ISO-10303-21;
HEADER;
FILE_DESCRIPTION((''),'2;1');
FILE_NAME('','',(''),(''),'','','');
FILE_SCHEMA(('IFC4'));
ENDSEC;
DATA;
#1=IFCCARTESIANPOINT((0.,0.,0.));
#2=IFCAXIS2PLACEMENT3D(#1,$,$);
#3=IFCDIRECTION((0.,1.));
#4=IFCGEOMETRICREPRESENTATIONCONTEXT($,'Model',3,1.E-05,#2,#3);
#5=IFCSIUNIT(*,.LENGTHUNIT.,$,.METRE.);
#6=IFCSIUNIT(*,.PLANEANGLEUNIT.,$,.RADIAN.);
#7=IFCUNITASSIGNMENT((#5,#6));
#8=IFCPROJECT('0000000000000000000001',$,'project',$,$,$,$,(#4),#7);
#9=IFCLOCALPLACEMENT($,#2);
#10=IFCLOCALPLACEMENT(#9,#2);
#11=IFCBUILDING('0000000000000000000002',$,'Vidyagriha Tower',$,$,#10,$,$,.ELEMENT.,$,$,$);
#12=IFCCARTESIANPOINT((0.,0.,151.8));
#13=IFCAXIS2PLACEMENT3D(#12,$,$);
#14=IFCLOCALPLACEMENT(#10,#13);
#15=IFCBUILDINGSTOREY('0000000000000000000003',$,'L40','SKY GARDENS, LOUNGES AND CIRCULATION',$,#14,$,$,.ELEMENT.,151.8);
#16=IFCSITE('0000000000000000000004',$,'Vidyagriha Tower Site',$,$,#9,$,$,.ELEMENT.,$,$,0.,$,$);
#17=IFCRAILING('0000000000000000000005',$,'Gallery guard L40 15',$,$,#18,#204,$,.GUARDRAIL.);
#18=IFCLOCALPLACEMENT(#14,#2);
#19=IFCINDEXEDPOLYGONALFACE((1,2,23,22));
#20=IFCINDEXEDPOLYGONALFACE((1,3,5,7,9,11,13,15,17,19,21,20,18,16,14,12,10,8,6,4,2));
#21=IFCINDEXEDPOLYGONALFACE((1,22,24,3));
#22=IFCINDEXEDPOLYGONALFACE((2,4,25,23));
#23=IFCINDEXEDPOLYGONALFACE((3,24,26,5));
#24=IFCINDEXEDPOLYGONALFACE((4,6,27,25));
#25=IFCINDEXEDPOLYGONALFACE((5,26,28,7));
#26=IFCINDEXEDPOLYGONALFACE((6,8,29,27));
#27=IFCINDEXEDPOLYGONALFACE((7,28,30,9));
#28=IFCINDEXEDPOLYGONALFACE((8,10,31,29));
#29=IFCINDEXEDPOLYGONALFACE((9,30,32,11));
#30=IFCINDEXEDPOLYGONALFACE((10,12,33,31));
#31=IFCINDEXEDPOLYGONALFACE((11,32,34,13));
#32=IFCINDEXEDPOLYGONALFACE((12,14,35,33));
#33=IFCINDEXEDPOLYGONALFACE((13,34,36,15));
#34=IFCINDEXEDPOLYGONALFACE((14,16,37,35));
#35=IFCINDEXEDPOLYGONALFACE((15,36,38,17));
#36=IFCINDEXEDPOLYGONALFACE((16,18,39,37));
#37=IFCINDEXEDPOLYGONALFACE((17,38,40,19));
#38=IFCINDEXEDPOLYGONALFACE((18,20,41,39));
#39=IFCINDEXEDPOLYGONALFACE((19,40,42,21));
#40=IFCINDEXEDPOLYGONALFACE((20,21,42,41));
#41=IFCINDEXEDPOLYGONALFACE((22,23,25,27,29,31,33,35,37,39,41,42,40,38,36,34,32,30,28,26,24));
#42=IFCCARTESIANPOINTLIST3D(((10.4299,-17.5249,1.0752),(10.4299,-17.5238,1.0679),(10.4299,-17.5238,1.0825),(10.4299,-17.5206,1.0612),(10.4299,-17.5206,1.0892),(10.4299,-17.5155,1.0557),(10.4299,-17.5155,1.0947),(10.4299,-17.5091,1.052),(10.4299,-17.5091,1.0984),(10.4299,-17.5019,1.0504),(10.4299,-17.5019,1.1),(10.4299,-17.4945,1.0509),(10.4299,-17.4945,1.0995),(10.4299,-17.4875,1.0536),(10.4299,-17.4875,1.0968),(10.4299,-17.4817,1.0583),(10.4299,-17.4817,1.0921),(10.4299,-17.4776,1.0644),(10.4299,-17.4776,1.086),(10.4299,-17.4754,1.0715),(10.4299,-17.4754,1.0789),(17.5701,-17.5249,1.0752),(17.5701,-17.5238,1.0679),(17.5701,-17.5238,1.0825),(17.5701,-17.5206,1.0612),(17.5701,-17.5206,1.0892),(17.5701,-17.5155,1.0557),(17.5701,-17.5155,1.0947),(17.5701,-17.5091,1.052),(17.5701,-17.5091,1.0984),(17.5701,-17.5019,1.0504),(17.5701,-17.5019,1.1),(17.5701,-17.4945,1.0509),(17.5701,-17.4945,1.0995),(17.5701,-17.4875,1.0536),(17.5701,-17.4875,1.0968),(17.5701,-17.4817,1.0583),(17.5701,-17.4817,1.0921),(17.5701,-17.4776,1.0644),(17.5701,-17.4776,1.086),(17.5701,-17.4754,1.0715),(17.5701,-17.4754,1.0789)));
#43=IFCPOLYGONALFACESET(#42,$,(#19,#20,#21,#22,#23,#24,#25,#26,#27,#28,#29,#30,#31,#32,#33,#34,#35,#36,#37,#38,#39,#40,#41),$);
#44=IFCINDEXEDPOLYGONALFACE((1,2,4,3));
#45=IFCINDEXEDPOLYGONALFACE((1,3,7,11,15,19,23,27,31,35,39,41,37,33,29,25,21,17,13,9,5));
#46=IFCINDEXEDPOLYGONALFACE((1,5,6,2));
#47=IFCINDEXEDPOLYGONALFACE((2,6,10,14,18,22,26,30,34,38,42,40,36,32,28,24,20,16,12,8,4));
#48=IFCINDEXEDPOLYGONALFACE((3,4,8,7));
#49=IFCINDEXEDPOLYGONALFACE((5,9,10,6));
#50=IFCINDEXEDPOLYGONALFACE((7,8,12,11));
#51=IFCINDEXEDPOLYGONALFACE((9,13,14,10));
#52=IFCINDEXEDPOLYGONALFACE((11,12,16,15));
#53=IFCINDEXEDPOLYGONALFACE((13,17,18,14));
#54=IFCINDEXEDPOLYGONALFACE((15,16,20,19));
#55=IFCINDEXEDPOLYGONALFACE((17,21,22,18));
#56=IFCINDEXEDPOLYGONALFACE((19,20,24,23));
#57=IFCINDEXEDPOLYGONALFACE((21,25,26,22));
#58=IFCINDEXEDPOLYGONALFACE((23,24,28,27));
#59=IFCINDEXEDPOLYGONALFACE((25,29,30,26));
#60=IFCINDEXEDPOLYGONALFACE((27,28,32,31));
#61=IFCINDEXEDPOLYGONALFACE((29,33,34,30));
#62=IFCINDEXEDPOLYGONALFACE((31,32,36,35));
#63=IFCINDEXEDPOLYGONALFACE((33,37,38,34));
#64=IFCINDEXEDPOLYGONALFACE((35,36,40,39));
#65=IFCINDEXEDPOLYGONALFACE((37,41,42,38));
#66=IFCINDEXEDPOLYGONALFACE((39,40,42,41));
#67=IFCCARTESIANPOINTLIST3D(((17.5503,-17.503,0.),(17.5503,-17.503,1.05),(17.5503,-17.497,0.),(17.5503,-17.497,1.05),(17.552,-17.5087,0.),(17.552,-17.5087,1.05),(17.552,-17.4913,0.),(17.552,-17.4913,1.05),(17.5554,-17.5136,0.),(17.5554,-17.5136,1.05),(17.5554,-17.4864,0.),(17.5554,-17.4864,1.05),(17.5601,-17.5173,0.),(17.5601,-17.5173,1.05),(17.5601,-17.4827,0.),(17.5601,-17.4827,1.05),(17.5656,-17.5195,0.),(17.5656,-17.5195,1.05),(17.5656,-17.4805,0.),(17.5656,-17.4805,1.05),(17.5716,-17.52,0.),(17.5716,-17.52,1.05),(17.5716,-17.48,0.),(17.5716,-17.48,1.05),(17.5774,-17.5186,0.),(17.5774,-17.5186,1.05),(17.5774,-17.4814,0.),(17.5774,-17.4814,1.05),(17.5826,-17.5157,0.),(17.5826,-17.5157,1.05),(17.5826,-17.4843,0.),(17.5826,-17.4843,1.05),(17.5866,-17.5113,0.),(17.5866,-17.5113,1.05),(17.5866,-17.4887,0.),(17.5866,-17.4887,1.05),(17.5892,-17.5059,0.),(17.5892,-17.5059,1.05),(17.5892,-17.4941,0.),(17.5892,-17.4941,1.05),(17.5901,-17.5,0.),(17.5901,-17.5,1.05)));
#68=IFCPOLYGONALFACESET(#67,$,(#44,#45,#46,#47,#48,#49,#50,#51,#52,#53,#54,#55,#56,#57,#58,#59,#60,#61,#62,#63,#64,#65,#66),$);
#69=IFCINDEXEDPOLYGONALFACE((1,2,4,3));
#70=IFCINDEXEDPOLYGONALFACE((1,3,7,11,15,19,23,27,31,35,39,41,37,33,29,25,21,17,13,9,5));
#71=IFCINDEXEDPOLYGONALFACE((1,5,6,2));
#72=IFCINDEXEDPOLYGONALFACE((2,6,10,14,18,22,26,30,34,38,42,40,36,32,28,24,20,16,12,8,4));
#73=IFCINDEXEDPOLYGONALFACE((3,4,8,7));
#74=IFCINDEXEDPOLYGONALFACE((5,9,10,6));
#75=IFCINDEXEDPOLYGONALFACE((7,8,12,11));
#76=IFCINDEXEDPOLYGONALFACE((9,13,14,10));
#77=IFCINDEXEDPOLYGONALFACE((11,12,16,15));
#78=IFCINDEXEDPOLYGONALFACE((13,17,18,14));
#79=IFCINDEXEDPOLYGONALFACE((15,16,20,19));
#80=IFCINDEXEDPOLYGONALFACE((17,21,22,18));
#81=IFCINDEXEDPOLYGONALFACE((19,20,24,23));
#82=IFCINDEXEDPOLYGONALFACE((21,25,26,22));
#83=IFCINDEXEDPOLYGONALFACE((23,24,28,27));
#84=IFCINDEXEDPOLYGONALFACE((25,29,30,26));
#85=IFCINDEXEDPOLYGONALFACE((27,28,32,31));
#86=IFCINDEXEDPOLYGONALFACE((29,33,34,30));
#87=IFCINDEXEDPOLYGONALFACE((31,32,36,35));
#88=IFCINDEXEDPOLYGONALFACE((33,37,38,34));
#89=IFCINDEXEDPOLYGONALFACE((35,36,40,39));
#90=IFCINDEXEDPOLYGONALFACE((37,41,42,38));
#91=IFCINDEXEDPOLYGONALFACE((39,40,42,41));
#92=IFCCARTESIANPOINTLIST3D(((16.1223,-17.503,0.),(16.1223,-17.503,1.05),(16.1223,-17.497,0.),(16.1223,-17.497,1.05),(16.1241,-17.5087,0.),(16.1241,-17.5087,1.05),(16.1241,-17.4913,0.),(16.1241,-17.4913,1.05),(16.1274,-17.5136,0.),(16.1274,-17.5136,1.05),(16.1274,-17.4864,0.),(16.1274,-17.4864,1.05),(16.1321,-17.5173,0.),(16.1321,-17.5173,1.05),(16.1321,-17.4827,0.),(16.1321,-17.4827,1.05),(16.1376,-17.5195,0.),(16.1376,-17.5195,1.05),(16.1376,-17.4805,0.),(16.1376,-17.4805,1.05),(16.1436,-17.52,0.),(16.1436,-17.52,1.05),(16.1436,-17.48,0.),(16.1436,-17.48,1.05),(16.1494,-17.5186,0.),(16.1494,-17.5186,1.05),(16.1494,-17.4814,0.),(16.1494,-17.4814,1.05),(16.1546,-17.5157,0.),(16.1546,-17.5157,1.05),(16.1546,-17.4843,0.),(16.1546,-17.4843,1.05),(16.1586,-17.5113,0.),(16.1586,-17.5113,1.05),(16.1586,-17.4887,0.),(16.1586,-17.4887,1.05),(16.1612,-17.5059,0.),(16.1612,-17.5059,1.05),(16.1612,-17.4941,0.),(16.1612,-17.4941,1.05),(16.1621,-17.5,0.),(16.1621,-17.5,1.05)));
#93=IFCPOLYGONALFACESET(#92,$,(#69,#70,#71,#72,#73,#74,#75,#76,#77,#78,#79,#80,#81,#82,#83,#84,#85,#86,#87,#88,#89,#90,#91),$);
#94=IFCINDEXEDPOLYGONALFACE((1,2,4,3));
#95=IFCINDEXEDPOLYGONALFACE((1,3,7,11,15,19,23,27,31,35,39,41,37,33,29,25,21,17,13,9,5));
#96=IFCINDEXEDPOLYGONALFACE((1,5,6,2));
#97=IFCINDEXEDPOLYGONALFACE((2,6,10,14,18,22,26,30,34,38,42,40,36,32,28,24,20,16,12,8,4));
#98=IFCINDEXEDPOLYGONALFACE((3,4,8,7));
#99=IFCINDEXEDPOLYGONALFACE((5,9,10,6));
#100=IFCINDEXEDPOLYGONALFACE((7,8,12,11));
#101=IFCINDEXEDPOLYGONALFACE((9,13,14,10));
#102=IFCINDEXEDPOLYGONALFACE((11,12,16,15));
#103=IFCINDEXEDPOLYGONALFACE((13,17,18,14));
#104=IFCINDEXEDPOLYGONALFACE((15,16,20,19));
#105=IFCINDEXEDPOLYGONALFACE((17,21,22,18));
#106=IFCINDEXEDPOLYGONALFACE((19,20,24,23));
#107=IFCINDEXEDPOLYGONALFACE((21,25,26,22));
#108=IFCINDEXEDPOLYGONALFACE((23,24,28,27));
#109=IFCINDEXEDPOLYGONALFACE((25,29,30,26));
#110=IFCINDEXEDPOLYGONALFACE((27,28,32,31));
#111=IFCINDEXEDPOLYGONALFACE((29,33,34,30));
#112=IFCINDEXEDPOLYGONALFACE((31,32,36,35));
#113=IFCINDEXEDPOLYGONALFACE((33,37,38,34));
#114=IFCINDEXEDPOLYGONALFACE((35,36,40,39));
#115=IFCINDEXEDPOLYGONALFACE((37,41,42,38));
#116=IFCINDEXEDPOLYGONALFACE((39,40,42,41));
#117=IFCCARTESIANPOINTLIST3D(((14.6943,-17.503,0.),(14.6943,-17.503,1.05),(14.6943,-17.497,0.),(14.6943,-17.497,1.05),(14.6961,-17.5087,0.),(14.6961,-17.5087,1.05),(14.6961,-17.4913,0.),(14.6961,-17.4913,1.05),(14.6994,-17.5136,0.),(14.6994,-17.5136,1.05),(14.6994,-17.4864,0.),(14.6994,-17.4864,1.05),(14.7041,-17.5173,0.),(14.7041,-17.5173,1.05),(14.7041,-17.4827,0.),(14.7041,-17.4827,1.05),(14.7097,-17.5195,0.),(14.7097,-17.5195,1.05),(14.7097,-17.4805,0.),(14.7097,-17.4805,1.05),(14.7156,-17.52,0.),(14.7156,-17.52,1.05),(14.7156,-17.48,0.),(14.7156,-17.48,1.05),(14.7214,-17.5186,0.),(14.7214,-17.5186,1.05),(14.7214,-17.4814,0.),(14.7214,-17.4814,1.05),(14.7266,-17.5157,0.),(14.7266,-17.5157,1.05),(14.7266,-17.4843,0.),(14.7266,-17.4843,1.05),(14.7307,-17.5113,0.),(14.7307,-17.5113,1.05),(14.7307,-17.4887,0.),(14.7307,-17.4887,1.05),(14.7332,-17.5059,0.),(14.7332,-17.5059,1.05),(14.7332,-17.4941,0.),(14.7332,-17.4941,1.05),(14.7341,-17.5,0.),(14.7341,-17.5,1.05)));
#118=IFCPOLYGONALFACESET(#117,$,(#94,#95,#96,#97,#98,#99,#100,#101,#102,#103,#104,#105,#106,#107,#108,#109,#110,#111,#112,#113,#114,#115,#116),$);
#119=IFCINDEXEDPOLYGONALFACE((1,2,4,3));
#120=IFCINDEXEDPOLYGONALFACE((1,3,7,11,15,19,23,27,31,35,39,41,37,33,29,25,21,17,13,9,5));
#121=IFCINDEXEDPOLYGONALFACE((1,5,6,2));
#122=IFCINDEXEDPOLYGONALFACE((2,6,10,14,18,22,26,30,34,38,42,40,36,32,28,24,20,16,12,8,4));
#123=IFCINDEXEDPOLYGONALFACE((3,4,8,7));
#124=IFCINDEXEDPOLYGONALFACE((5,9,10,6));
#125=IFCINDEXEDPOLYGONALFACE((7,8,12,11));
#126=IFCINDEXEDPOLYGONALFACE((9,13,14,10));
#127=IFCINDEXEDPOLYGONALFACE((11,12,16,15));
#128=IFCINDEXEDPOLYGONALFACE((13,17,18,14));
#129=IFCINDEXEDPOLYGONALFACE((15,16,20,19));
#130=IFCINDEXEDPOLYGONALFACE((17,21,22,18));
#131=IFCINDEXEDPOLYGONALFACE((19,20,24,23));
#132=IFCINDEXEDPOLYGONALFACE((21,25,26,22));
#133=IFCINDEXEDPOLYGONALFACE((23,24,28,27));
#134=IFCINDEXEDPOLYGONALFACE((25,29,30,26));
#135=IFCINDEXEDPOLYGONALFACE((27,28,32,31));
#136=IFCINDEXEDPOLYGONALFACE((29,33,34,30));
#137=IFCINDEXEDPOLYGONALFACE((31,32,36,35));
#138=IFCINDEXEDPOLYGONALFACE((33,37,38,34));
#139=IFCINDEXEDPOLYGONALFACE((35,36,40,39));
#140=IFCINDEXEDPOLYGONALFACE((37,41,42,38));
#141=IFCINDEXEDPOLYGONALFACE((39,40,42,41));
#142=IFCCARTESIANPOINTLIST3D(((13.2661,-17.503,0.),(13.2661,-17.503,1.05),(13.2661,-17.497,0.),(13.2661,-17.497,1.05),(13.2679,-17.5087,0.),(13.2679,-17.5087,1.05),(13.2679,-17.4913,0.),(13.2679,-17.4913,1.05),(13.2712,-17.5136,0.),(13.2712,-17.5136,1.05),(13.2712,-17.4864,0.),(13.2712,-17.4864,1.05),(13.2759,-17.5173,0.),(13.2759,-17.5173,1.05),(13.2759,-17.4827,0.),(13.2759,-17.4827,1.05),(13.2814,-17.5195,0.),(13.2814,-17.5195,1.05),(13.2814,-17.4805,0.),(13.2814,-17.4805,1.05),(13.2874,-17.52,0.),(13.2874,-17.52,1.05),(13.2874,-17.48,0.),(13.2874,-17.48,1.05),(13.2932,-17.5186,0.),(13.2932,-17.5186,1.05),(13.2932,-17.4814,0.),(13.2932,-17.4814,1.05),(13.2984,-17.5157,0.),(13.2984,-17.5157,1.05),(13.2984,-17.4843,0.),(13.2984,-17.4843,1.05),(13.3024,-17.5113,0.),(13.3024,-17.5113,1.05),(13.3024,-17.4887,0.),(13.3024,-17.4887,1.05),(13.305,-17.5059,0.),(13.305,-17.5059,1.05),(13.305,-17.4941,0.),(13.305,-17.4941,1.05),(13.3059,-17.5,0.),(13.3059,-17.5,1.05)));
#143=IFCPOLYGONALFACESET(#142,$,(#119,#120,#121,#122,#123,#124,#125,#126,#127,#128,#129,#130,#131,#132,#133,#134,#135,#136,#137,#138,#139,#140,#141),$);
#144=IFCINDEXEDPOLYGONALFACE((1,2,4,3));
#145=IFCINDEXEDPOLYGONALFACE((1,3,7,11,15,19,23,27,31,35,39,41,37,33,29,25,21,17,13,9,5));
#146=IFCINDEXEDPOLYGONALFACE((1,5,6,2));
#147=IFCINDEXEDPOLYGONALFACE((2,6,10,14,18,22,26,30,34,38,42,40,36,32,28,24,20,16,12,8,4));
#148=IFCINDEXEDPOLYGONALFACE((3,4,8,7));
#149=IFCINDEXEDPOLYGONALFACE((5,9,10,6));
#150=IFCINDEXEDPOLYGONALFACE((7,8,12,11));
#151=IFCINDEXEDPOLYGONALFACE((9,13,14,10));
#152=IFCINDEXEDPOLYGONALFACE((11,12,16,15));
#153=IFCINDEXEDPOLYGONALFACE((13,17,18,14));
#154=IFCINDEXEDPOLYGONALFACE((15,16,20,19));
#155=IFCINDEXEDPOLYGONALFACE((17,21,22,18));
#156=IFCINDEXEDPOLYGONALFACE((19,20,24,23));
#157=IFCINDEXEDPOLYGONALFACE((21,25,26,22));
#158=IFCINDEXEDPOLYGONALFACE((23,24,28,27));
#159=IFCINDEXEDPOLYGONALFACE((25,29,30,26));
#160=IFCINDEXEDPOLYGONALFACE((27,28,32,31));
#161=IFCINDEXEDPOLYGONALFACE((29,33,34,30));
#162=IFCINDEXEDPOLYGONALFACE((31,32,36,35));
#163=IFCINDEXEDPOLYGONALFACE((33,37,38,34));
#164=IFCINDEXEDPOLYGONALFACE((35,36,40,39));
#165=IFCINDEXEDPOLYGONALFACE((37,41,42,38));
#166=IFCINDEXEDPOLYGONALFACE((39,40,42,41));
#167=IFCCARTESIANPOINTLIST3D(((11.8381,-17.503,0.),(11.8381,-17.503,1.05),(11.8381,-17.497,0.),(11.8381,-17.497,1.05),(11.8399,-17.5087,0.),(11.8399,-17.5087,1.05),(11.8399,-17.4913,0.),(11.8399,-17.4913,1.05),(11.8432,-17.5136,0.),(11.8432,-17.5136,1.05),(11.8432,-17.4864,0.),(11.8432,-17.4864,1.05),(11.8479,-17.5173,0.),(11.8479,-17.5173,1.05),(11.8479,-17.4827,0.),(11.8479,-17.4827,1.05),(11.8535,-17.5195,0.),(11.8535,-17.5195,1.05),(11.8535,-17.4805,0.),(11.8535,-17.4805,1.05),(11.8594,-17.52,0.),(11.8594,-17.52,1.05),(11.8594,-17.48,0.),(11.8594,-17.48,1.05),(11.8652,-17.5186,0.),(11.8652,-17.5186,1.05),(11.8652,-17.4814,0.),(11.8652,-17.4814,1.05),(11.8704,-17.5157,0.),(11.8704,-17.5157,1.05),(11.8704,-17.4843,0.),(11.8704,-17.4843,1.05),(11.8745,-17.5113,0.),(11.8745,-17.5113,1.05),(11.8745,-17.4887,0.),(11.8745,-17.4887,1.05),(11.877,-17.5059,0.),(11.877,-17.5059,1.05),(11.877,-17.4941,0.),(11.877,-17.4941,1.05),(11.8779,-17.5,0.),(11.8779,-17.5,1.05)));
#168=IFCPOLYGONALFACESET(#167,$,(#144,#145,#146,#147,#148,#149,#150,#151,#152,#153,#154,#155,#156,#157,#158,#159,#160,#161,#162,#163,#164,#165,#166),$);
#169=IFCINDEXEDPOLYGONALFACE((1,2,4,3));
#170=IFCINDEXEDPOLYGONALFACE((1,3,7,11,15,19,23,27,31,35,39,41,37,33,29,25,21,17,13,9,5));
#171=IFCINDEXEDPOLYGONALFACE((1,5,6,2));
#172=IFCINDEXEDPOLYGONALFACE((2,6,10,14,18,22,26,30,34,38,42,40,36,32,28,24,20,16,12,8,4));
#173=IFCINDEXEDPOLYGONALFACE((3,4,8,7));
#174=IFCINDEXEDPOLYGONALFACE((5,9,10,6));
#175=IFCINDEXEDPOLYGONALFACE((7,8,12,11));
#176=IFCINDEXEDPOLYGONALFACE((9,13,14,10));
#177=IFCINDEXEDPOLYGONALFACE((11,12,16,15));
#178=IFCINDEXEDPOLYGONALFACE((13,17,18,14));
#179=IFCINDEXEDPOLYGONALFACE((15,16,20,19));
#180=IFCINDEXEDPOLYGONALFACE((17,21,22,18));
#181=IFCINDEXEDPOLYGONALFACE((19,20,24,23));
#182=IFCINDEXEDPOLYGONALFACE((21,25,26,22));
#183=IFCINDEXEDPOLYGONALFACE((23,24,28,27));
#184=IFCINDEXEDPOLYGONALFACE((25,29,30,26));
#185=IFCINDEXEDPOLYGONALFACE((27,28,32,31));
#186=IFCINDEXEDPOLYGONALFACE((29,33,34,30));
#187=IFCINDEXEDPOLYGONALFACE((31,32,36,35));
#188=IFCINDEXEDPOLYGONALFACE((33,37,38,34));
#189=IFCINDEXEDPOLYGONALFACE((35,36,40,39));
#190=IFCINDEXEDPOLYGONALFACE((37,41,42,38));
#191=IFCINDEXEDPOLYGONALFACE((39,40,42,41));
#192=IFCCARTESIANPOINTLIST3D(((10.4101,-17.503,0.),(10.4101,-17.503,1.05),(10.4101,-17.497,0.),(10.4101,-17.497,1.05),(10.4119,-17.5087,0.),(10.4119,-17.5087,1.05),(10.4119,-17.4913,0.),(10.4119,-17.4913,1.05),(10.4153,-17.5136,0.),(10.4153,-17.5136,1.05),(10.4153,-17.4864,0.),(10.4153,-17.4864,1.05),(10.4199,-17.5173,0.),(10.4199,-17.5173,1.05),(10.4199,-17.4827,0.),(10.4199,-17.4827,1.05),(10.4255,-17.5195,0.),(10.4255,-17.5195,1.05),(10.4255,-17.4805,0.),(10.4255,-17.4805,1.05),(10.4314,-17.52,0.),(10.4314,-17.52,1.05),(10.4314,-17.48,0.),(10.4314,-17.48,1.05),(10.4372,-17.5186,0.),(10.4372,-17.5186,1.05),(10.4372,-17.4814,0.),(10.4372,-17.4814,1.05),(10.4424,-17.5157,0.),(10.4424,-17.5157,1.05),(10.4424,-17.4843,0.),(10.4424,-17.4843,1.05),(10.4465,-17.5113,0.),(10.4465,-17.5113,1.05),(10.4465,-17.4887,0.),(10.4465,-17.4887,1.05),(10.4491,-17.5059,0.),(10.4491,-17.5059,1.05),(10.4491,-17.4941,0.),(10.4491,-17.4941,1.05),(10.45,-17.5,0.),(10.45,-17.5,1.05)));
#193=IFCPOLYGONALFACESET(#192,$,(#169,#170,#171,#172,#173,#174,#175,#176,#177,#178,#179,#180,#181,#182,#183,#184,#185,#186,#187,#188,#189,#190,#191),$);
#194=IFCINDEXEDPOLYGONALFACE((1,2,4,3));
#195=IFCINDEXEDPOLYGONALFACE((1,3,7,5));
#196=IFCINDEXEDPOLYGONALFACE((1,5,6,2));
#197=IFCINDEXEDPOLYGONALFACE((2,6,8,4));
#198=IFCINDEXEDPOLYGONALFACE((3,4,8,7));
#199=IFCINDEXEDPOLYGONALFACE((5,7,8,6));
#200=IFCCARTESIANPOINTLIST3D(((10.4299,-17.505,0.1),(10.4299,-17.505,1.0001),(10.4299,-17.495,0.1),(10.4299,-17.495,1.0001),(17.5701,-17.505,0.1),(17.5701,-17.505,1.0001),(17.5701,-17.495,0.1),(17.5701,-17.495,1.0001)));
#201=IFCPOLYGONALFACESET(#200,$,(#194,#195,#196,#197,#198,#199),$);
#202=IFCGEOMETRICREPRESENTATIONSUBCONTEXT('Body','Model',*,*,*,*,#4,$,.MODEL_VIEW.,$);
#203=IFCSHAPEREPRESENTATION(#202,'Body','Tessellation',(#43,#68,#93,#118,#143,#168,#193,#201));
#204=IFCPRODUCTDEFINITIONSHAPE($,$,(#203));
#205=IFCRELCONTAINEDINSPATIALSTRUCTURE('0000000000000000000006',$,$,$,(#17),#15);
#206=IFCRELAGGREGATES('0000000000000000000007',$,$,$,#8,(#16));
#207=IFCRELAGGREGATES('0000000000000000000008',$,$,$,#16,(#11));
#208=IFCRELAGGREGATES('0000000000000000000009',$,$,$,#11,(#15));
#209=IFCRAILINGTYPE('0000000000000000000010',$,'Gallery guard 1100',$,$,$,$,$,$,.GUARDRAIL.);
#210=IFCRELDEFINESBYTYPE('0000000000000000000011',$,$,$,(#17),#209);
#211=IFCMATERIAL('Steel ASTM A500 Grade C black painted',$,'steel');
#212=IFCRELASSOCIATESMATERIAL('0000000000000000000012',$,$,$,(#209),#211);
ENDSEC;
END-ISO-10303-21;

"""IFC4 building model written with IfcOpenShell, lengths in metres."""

from ifc_helpers import new_model, si_unit, direction, frame, origin, origin_2d, place, context, subcontext, project, spatial, rectangle, circle, extrude, material, type_object, element, save


model = new_model("IFC4")

# Units and contexts
model_context = context("Model", 3, precision=1e-05, world=origin(), true_north=direction((0.0, 1.0)))
body_context = subcontext(model_context, "Body", "Model", "MODEL_VIEW")
ifc_project = project(units=[si_unit("LENGTHUNIT", "METRE"), si_unit("PLANEANGLEUNIT", "RADIAN")], contexts=[model_context])

# Site, building, storey
site_placement = place(None, origin())
site = spatial("IfcSite", under=ifc_project, at=site_placement, Name="Vidyagriha Tower Site", CompositionType="ELEMENT", RefElevation=0.0)
building_placement = place(site_placement, origin())
building = spatial("IfcBuilding", under=site, at=building_placement, Name="Vidyagriha Tower", CompositionType="ELEMENT")
storey_placement = place(building_placement, frame((0.0, 0.0, 151.8)))
storey = spatial("IfcBuildingStorey", under=building, at=storey_placement, Name="L40", Description="SKY GARDENS, LOUNGES AND CIRCULATION", CompositionType="ELEMENT", Elevation=151.8)

# Railing
ifc_material_1 = material(Name="Steel ASTM A500 Grade C black painted", Category="steel")
railing_type = type_object("IfcRailingType", Name="Gallery guard 1100", PredefinedType="GUARDRAIL", material=ifc_material_1)
for number, where, name in (
    (1, (17.5701, -17.5, 0.0), "Gallery guard L40 15"),
):
    element("IfcRailing", number, at=place(storey_placement, frame(where)), inside=storey, type_object=railing_type, Name=name, PredefinedType="GUARDRAIL", context=body_context, shape_type="SweptSolid", body=[
        extrude(circle(Radius=0.0249, at=origin_2d()), frame((0.0, 0.0, 1.0752), z_axis=(-1.0, 0.0, 0.0), x_axis=(0.0, -1.0, 0.0)), (0.0, 0.0, 1.0), 7.1401),
        extrude(circle(Radius=0.02, at=origin_2d()), origin(), (0.0, 0.0, 1.0), 1.05),
        extrude(circle(Radius=0.02, at=origin_2d()), frame((-1.428, 0.0, 0.0)), (0.0, 0.0, 1.0), 1.05),
        extrude(circle(Radius=0.02, at=origin_2d()), frame((-2.856, 0.0, 0.0)), (0.0, 0.0, 1.0), 1.05),
        extrude(circle(Radius=0.02, at=origin_2d()), frame((-4.2842, 0.0, 0.0)), (0.0, 0.0, 1.0), 1.05),
        extrude(circle(Radius=0.02, at=origin_2d()), frame((-5.7122, 0.0, 0.0)), (0.0, 0.0, 1.0), 1.05),
        extrude(circle(Radius=0.02, at=origin_2d()), frame((-7.1401, 0.0, 0.0)), (0.0, 0.0, 1.0), 1.05),
        extrude(rectangle(XDim=0.01, YDim=0.9001, at=origin_2d()), frame((0.0, 0.0, 0.55), z_axis=(-1.0, 0.0, 0.0), x_axis=(0.0, -1.0, 0.0)), (0.0, 0.0, 1.0), 7.1401),
    ])

save(model, "model.ifc")
